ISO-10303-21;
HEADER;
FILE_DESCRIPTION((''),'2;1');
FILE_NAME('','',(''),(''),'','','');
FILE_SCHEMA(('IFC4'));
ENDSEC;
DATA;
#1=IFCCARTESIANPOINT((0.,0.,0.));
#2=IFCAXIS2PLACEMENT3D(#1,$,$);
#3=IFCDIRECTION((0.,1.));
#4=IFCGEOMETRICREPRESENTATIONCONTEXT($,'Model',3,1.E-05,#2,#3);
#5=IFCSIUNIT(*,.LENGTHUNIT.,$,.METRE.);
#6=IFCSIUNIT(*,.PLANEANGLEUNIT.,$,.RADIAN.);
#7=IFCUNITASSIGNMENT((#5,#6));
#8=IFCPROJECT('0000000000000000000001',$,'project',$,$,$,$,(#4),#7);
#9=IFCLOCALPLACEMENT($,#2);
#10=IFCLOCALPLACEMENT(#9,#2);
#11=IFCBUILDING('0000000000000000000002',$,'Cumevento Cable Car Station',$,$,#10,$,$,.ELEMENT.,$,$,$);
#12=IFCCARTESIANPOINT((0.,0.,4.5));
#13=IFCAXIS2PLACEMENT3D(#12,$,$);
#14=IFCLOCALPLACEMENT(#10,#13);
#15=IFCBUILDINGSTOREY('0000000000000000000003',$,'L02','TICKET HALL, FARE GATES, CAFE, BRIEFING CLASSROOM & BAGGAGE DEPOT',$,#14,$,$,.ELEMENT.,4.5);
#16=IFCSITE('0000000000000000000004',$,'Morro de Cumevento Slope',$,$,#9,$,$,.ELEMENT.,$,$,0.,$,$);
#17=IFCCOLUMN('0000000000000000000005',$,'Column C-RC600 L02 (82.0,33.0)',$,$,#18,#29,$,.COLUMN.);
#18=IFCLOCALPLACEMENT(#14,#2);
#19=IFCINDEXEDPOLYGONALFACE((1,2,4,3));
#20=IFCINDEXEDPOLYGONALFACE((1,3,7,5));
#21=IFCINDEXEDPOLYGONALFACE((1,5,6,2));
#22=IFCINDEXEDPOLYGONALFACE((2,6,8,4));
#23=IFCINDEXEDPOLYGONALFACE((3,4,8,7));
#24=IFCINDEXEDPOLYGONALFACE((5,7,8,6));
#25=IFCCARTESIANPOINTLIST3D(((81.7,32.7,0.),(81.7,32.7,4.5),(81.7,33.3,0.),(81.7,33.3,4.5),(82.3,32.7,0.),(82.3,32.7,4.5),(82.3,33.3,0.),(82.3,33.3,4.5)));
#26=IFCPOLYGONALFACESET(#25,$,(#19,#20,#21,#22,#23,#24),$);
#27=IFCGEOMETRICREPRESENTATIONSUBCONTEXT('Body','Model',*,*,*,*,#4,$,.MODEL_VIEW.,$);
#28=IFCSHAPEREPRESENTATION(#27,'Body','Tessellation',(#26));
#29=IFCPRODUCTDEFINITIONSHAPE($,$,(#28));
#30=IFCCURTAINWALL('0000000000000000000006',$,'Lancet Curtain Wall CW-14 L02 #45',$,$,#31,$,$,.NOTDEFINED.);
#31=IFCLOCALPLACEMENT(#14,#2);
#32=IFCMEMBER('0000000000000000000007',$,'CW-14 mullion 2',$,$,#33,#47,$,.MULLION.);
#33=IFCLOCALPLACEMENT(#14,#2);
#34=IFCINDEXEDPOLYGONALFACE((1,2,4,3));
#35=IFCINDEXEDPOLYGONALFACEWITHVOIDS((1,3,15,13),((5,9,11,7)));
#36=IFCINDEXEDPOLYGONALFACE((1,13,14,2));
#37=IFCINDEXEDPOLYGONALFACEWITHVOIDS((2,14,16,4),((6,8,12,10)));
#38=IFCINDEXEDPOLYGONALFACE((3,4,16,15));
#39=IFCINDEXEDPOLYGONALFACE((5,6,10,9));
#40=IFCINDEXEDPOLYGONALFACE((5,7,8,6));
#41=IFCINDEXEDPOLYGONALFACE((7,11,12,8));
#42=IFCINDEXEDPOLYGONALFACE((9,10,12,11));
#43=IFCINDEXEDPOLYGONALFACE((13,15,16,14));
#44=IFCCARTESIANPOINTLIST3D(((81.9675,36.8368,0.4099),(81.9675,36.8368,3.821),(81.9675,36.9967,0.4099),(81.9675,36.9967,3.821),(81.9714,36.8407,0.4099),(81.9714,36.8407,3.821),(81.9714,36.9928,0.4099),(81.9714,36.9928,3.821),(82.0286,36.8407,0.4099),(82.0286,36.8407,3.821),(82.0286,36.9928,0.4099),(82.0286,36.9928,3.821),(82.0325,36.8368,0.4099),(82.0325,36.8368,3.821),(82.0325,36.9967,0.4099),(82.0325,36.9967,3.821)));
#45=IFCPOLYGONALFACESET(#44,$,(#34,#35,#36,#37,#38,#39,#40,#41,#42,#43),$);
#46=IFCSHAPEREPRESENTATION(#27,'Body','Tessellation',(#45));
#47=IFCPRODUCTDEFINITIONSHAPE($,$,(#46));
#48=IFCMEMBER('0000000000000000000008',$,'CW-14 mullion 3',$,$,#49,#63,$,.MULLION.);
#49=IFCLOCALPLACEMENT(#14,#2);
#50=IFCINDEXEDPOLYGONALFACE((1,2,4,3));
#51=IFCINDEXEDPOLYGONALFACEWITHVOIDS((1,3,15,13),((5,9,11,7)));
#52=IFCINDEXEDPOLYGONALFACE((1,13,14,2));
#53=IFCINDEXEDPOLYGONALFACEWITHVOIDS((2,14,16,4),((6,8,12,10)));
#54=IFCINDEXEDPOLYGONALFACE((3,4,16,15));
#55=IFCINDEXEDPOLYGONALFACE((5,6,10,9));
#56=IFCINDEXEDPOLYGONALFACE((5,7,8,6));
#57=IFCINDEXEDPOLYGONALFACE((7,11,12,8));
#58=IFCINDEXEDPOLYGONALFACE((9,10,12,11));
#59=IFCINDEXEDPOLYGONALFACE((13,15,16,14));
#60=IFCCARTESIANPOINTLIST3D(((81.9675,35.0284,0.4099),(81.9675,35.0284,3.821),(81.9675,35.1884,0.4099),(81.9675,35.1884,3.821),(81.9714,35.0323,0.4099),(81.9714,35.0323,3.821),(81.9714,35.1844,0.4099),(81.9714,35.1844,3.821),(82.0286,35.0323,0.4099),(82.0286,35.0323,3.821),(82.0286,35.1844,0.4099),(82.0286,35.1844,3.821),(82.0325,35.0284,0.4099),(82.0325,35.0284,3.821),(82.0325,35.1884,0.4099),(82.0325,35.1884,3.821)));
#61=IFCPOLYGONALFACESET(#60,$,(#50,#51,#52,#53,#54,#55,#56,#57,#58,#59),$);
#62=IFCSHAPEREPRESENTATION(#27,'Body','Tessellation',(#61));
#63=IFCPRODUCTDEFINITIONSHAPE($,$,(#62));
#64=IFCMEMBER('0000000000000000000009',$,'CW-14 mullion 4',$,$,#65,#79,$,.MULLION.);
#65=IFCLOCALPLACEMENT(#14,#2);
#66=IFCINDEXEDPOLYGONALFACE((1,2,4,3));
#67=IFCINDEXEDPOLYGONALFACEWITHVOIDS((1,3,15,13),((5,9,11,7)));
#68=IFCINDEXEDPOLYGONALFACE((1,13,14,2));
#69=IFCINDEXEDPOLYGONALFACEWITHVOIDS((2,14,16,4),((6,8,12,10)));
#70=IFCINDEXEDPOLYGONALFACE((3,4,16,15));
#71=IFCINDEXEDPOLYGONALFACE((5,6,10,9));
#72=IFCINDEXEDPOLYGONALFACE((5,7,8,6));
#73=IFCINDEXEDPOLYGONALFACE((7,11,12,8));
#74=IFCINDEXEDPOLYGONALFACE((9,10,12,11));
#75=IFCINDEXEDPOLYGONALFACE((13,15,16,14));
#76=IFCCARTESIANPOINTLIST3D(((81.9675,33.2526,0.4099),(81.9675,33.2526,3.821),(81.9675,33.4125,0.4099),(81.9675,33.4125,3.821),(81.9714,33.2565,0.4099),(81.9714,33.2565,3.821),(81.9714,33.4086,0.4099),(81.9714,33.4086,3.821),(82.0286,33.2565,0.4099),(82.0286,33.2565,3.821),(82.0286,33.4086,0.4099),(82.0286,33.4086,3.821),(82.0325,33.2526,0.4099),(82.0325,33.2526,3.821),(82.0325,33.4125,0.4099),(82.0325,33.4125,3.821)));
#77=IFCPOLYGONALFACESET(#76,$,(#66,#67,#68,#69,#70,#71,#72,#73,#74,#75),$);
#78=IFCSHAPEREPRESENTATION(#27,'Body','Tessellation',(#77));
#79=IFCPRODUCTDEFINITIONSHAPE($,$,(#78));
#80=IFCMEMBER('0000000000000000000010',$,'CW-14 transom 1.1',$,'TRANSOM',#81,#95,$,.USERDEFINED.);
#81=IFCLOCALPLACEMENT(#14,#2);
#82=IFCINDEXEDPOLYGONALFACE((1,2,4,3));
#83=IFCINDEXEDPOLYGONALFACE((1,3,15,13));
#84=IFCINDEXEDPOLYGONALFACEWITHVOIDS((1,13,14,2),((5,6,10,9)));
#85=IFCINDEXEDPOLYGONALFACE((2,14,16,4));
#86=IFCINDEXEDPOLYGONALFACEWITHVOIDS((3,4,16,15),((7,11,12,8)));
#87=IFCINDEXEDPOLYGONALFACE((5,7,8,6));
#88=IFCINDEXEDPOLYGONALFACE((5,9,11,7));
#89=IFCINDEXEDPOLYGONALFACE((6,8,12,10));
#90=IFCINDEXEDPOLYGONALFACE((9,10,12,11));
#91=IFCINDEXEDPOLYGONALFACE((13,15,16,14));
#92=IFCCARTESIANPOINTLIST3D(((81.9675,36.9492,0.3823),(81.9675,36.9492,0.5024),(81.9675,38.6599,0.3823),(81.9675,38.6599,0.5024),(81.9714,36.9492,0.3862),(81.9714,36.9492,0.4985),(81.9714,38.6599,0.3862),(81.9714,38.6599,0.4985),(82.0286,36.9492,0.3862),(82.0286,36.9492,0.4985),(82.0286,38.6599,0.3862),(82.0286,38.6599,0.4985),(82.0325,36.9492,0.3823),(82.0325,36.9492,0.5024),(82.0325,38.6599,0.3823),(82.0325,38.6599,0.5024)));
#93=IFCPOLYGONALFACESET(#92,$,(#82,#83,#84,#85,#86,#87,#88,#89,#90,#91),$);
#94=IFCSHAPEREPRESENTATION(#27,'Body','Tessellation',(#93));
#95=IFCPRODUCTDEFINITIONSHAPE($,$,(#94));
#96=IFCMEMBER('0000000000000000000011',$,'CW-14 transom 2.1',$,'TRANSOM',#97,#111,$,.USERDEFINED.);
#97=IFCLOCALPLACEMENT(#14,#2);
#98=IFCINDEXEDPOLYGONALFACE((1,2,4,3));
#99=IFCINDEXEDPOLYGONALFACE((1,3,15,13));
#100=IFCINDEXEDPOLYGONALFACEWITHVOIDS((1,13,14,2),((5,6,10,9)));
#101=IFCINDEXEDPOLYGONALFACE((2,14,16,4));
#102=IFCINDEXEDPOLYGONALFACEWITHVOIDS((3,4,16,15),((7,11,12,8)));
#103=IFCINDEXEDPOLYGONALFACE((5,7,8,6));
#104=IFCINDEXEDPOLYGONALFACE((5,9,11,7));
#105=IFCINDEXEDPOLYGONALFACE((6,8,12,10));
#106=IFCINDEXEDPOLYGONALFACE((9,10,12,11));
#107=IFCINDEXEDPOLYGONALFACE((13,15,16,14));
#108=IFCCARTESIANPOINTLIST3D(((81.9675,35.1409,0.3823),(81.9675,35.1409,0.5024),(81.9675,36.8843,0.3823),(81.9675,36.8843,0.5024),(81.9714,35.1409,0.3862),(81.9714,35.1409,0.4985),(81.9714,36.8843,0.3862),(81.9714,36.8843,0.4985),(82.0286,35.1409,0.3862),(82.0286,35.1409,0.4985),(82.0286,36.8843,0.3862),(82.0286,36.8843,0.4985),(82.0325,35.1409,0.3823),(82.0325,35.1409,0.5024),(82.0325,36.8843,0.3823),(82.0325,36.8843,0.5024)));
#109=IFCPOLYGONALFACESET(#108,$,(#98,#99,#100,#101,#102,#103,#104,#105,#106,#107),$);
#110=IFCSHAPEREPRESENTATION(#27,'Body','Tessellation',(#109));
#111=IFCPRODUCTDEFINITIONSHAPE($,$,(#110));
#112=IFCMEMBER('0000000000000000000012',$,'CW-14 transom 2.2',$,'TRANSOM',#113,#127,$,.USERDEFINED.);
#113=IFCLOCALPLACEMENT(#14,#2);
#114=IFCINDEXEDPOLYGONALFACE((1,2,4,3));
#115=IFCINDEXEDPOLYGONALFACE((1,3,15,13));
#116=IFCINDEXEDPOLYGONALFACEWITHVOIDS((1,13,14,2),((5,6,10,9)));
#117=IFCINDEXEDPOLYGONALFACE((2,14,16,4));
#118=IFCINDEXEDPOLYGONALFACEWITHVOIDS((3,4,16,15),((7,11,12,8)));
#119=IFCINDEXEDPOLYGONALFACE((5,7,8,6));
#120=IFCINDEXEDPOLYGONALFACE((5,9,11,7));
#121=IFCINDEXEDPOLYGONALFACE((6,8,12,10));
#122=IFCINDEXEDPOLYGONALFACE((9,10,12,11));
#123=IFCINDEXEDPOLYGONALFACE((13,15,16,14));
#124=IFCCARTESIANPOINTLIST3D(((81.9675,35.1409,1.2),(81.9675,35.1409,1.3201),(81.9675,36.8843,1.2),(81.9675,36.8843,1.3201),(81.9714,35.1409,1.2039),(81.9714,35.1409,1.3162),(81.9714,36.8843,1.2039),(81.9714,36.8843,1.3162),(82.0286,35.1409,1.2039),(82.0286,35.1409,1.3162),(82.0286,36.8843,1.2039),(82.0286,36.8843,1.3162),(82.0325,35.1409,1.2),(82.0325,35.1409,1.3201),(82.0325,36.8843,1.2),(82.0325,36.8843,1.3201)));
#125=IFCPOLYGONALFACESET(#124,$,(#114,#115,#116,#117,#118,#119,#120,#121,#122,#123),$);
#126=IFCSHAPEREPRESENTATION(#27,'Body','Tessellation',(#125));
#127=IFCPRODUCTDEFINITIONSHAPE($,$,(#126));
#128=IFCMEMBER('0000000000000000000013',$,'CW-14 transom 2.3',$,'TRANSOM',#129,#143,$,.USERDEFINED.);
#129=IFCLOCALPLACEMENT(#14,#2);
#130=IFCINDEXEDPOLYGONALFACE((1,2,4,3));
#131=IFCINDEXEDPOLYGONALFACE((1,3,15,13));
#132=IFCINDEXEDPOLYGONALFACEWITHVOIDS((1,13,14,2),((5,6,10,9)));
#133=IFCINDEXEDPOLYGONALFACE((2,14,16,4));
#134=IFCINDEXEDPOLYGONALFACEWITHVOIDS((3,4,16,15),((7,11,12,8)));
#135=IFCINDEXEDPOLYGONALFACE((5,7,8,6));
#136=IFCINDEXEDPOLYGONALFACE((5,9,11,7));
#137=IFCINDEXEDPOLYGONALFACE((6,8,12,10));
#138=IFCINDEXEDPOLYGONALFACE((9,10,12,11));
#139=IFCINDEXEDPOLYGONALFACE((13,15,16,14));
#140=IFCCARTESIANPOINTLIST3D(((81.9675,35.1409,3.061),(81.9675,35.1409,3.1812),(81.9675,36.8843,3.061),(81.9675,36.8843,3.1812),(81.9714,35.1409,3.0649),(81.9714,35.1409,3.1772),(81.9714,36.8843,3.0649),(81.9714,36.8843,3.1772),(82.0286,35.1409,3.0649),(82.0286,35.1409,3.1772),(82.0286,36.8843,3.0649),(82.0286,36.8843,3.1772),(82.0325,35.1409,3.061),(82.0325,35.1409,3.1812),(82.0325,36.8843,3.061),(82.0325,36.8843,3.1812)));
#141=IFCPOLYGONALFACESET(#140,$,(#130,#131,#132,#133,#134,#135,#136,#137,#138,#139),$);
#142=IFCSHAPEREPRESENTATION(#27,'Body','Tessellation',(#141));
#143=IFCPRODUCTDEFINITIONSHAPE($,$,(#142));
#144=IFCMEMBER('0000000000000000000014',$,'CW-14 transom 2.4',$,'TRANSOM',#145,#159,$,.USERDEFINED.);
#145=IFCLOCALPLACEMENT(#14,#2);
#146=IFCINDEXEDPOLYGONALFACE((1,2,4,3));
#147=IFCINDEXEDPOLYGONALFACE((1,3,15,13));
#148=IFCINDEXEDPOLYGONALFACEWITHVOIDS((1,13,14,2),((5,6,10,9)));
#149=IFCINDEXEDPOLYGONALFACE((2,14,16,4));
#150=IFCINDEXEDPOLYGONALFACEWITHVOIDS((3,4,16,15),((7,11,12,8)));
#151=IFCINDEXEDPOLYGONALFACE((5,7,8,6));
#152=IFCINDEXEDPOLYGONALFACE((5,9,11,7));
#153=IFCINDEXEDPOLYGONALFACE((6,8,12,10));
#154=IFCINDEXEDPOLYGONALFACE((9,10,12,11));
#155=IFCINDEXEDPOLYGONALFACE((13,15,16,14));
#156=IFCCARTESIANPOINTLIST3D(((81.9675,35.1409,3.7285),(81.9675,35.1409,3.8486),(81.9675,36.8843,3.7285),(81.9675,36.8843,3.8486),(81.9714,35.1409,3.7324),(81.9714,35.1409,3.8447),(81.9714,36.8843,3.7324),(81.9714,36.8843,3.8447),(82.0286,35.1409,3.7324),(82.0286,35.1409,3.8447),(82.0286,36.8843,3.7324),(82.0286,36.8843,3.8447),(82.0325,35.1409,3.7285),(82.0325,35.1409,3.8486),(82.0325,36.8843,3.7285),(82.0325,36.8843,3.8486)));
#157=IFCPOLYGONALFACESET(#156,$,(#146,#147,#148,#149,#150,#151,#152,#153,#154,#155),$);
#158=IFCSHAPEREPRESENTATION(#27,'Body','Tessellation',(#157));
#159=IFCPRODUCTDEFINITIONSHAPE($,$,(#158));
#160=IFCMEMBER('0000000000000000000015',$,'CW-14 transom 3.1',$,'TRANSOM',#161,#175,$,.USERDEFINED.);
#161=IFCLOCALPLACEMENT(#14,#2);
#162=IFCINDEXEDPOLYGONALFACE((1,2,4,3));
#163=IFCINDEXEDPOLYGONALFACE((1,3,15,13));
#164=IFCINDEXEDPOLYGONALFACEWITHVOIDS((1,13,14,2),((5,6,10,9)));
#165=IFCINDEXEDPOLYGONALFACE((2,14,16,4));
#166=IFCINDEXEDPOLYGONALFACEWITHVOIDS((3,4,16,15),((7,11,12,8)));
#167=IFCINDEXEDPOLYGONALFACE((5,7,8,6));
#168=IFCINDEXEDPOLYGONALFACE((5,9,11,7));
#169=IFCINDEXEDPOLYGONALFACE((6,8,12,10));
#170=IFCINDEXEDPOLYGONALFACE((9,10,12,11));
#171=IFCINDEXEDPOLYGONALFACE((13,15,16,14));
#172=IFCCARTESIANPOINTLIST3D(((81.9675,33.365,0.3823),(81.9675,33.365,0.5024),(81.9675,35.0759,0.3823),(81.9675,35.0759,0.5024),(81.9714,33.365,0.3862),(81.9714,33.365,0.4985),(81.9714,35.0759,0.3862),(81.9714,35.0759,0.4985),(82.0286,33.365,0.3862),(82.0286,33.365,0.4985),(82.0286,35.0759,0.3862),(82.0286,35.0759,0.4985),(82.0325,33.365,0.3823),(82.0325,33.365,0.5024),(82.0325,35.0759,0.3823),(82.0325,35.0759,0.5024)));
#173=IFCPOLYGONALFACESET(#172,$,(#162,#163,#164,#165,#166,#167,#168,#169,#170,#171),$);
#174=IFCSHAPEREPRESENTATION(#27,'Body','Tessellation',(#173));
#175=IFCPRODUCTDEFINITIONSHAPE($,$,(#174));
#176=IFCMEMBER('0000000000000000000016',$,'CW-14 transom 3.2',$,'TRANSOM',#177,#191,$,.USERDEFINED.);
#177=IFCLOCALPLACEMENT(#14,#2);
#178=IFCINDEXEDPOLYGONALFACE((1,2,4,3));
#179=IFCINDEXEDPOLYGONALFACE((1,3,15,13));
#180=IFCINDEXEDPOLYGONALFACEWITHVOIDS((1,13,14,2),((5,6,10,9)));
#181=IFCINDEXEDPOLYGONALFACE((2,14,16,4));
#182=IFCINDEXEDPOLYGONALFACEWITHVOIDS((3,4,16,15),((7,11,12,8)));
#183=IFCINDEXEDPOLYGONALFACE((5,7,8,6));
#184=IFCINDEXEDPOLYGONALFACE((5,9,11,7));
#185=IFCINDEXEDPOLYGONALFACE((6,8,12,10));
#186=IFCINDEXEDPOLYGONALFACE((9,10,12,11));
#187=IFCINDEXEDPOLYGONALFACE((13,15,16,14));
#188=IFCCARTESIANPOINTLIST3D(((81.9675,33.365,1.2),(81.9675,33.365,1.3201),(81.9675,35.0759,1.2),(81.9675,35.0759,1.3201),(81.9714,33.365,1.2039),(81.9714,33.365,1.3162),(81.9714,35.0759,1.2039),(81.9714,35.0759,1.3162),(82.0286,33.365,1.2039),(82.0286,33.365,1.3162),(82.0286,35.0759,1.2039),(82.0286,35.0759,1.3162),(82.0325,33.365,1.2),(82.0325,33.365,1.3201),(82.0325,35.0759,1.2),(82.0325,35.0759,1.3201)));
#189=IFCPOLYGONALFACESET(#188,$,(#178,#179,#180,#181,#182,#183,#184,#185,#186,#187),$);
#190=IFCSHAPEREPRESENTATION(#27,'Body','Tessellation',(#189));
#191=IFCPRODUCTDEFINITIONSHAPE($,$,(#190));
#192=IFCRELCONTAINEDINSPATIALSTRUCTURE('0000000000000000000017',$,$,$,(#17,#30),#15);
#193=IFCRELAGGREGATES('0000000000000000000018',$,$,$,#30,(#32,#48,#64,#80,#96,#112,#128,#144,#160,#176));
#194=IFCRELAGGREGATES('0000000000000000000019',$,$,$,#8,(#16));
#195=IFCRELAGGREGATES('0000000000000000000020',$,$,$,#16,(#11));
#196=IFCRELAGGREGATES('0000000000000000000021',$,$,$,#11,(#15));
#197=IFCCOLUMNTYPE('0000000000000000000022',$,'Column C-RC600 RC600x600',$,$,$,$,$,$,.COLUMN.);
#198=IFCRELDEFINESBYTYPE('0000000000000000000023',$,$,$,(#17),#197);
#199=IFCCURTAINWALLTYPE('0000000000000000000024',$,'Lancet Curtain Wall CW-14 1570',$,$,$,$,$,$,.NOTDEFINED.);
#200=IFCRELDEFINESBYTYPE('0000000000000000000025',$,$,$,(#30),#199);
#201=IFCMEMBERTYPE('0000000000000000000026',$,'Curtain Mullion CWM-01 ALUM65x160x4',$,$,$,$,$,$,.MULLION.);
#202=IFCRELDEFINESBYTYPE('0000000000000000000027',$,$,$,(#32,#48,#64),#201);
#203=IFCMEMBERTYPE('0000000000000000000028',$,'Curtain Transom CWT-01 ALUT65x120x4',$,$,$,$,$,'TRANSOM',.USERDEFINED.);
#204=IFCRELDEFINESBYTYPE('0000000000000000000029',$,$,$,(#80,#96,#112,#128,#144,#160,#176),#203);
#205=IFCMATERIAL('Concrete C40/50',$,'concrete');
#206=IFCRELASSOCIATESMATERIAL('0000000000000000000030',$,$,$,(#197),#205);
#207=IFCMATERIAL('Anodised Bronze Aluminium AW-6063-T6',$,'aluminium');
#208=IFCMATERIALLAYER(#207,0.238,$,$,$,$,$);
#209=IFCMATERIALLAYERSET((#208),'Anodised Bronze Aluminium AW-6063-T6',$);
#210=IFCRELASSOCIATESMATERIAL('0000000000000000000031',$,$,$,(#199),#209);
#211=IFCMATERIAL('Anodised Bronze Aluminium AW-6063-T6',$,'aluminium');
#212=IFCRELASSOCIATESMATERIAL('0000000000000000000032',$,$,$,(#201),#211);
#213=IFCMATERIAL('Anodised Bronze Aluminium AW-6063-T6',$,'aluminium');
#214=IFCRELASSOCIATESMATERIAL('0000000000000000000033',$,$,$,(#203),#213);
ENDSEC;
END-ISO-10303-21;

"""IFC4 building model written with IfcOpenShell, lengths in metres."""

from ifc_helpers import new_model, si_unit, direction, frame, origin, origin_2d, place, context, subcontext, project, spatial, rectangle, hollow_rectangle, extrude, material, layer, layer_set, material_profile, profile_set, type_object, element, aggregate, save


model = new_model("IFC4")

# Units and contexts
model_context = context("Model", 3, precision=1e-05, world=origin(), true_north=direction((0.0, 1.0)))
body_context = subcontext(model_context, "Body", "Model", "MODEL_VIEW")
ifc_project = project(units=[si_unit("LENGTHUNIT", "METRE"), si_unit("PLANEANGLEUNIT", "RADIAN")], contexts=[model_context])

# Site, building, storey
site_placement = place(None, origin())
site = spatial("IfcSite", under=ifc_project, at=site_placement, Name="Morro de Cumevento Slope", CompositionType="ELEMENT", RefElevation=0.0)
building_placement = place(site_placement, origin())
building = spatial("IfcBuilding", under=site, at=building_placement, Name="Cumevento Cable Car Station", CompositionType="ELEMENT")
storey_placement = place(building_placement, frame((0.0, 0.0, 4.5)))
storey = spatial("IfcBuildingStorey", under=building, at=storey_placement, Name="L02", Description="TICKET HALL, FARE GATES, CAFE, BRIEFING CLASSROOM & BAGGAGE DEPOT", CompositionType="ELEMENT", Elevation=4.5)

# Column
ifc_material_1 = material(Name="Concrete C40/50", Category="concrete")
ifc_material_profile_1 = material_profile(ifc_material_1, rectangle(XDim=0.6001, YDim=0.6001, at=origin_2d()), Name="RC600x600")
ifc_profile_set_1 = profile_set([ifc_material_profile_1], Name="Concrete C40/50")
column_type = type_object("IfcColumnType", Name="Column C-RC600 RC600x600", PredefinedType="COLUMN", material=ifc_profile_set_1)
column_placement = place(storey_placement, frame((82.0, 33.0, 0.0), z_axis=(0.0, 0.0, 1.0), x_axis=(1.0, 0.0, 0.0)))
element("IfcColumn", 1, at=column_placement, inside=storey, type_object=column_type, Name="Column C-RC600 L02 (82.0,33.0)", PredefinedType="COLUMN", context=body_context, shape_type="SweptSolid", body=[
    extrude(rectangle(XDim=0.6001, YDim=0.6001, at=origin_2d()), origin(), (0.0, 0.0, 1.0), 4.5),
])

# Curtain wall, members
ifc_material_2 = material(Name="Anodised Bronze Aluminium AW-6063-T6", Category="aluminium")
ifc_layer_1 = layer(ifc_material_2, 0.238)
ifc_layer_set_1 = layer_set([ifc_layer_1], Name="Anodised Bronze Aluminium AW-6063-T6")
curtain_wall_type = type_object("IfcCurtainWallType", Name="Lancet Curtain Wall CW-14 1570", PredefinedType="NOTDEFINED", material=ifc_layer_set_1)
curtain_wall_placement = place(storey_placement, origin())
curtain_wall = element("IfcCurtainWall", 2, at=curtain_wall_placement, inside=storey, type_object=curtain_wall_type, Name="Lancet Curtain Wall CW-14 L02 #45", PredefinedType="NOTDEFINED")
ifc_material_3 = material(Name="Anodised Bronze Aluminium AW-6063-T6", Category="aluminium")
ifc_material_profile_2 = material_profile(ifc_material_3, hollow_rectangle(XDim=0.0649, YDim=0.1599, WallThickness=0.0039, at=origin_2d()), Name="ALUM65x160x4")
ifc_profile_set_2 = profile_set([ifc_material_profile_2], Name="Anodised Bronze Aluminium AW-6063-T6")
member_type_1 = type_object("IfcMemberType", Name="Curtain Mullion CWM-01 ALUM65x160x4", PredefinedType="MULLION", material=ifc_profile_set_2)
member_1_placement = place(storey_placement, frame((82.0, 36.9167, 0.4099), z_axis=(0.0, 0.0, 1.0), x_axis=(1.0, 0.0, 0.0)))
member_1 = element("IfcMember", 3, at=member_1_placement, type_object=member_type_1, Name="CW-14 mullion 2", PredefinedType="MULLION", context=body_context, shape_type="SweptSolid", body=[
    extrude(hollow_rectangle(XDim=0.0649, YDim=0.1599, WallThickness=0.0039, at=origin_2d()), origin(), (0.0, 0.0, 1.0), 3.4111),
])
member_2_placement = place(storey_placement, frame((82.0, 35.1084, 0.4099), z_axis=(0.0, 0.0, 1.0), x_axis=(1.0, 0.0, 0.0)))
member_2 = element("IfcMember", 4, at=member_2_placement, type_object=member_type_1, Name="CW-14 mullion 3", PredefinedType="MULLION", context=body_context, shape_type="SweptSolid", body=[
    extrude(hollow_rectangle(XDim=0.0649, YDim=0.1599, WallThickness=0.0039, at=origin_2d()), origin(), (0.0, 0.0, 1.0), 3.4111),
])
member_3_placement = place(storey_placement, frame((82.0, 33.3325, 0.4099), z_axis=(0.0, 0.0, 1.0), x_axis=(1.0, 0.0, 0.0)))
member_3 = element("IfcMember", 5, at=member_3_placement, type_object=member_type_1, Name="CW-14 mullion 4", PredefinedType="MULLION", context=body_context, shape_type="SweptSolid", body=[
    extrude(hollow_rectangle(XDim=0.0649, YDim=0.1599, WallThickness=0.0039, at=origin_2d()), origin(), (0.0, 0.0, 1.0), 3.4111),
])
ifc_material_4 = material(Name="Anodised Bronze Aluminium AW-6063-T6", Category="aluminium")
ifc_material_profile_3 = material_profile(ifc_material_4, hollow_rectangle(XDim=0.0649, YDim=0.1201, WallThickness=0.0039, at=origin_2d()), Name="ALUT65x120x4")
ifc_profile_set_3 = profile_set([ifc_material_profile_3], Name="Anodised Bronze Aluminium AW-6063-T6")
member_type_2 = type_object("IfcMemberType", Name="Curtain Transom CWT-01 ALUT65x120x4", ElementType="TRANSOM", PredefinedType="USERDEFINED", material=ifc_profile_set_3)
member_4_placement = place(storey_placement, frame((82.0, 38.6599, 0.4424), z_axis=(0.0, -1.0, 0.0), x_axis=(1.0, 0.0, 0.0)))
member_4 = element("IfcMember", 6, at=member_4_placement, type_object=member_type_2, Name="CW-14 transom 1.1", ObjectType="TRANSOM", PredefinedType="USERDEFINED", context=body_context, shape_type="SweptSolid", body=[
    extrude(hollow_rectangle(XDim=0.0649, YDim=0.1201, WallThickness=0.0039, at=origin_2d()), origin(), (0.0, 0.0, 1.0), 1.7107),
])
member_5_placement = place(storey_placement, frame((82.0, 36.8843, 0.4424), z_axis=(0.0, -1.0, 0.0), x_axis=(1.0, 0.0, 0.0)))
member_5 = element("IfcMember", 7, at=member_5_placement, type_object=member_type_2, Name="CW-14 transom 2.1", ObjectType="TRANSOM", PredefinedType="USERDEFINED", context=body_context, shape_type="SweptSolid", body=[
    extrude(hollow_rectangle(XDim=0.0649, YDim=0.1201, WallThickness=0.0039, at=origin_2d()), origin(), (0.0, 0.0, 1.0), 1.7434),
])
member_6_placement = place(storey_placement, frame((82.0, 36.8843, 1.26), z_axis=(0.0, -1.0, 0.0), x_axis=(1.0, 0.0, 0.0)))
member_6 = element("IfcMember", 8, at=member_6_placement, type_object=member_type_2, Name="CW-14 transom 2.2", ObjectType="TRANSOM", PredefinedType="USERDEFINED", context=body_context, shape_type="SweptSolid", body=[
    extrude(hollow_rectangle(XDim=0.0649, YDim=0.1201, WallThickness=0.0039, at=origin_2d()), origin(), (0.0, 0.0, 1.0), 1.7434),
])
member_7_placement = place(storey_placement, frame((82.0, 36.8843, 3.1211), z_axis=(0.0, -1.0, 0.0), x_axis=(1.0, 0.0, 0.0)))
member_7 = element("IfcMember", 9, at=member_7_placement, type_object=member_type_2, Name="CW-14 transom 2.3", ObjectType="TRANSOM", PredefinedType="USERDEFINED", context=body_context, shape_type="SweptSolid", body=[
    extrude(hollow_rectangle(XDim=0.0649, YDim=0.1201, WallThickness=0.0039, at=origin_2d()), origin(), (0.0, 0.0, 1.0), 1.7434),
])
member_8_placement = place(storey_placement, frame((82.0, 36.8843, 3.7886), z_axis=(0.0, -1.0, 0.0), x_axis=(1.0, 0.0, 0.0)))
member_8 = element("IfcMember", 10, at=member_8_placement, type_object=member_type_2, Name="CW-14 transom 2.4", ObjectType="TRANSOM", PredefinedType="USERDEFINED", context=body_context, shape_type="SweptSolid", body=[
    extrude(hollow_rectangle(XDim=0.0649, YDim=0.1201, WallThickness=0.0039, at=origin_2d()), origin(), (0.0, 0.0, 1.0), 1.7434),
])
member_9_placement = place(storey_placement, frame((82.0, 35.0759, 0.4424), z_axis=(0.0, -1.0, 0.0), x_axis=(1.0, 0.0, 0.0)))
member_9 = element("IfcMember", 11, at=member_9_placement, type_object=member_type_2, Name="CW-14 transom 3.1", ObjectType="TRANSOM", PredefinedType="USERDEFINED", context=body_context, shape_type="SweptSolid", body=[
    extrude(hollow_rectangle(XDim=0.0649, YDim=0.1201, WallThickness=0.0039, at=origin_2d()), origin(), (0.0, 0.0, 1.0), 1.7109),
])
member_10_placement = place(storey_placement, frame((82.0, 35.0759, 1.26), z_axis=(0.0, -1.0, 0.0), x_axis=(1.0, 0.0, 0.0)))
member_10 = element("IfcMember", 12, at=member_10_placement, type_object=member_type_2, Name="CW-14 transom 3.2", ObjectType="TRANSOM", PredefinedType="USERDEFINED", context=body_context, shape_type="SweptSolid", body=[
    extrude(hollow_rectangle(XDim=0.0649, YDim=0.1201, WallThickness=0.0039, at=origin_2d()), origin(), (0.0, 0.0, 1.0), 1.7109),
])

aggregate(curtain_wall, [member_1, member_2, member_3, member_4, member_5, member_6, member_7, member_8, member_9, member_10])

save(model, "model.ifc")
